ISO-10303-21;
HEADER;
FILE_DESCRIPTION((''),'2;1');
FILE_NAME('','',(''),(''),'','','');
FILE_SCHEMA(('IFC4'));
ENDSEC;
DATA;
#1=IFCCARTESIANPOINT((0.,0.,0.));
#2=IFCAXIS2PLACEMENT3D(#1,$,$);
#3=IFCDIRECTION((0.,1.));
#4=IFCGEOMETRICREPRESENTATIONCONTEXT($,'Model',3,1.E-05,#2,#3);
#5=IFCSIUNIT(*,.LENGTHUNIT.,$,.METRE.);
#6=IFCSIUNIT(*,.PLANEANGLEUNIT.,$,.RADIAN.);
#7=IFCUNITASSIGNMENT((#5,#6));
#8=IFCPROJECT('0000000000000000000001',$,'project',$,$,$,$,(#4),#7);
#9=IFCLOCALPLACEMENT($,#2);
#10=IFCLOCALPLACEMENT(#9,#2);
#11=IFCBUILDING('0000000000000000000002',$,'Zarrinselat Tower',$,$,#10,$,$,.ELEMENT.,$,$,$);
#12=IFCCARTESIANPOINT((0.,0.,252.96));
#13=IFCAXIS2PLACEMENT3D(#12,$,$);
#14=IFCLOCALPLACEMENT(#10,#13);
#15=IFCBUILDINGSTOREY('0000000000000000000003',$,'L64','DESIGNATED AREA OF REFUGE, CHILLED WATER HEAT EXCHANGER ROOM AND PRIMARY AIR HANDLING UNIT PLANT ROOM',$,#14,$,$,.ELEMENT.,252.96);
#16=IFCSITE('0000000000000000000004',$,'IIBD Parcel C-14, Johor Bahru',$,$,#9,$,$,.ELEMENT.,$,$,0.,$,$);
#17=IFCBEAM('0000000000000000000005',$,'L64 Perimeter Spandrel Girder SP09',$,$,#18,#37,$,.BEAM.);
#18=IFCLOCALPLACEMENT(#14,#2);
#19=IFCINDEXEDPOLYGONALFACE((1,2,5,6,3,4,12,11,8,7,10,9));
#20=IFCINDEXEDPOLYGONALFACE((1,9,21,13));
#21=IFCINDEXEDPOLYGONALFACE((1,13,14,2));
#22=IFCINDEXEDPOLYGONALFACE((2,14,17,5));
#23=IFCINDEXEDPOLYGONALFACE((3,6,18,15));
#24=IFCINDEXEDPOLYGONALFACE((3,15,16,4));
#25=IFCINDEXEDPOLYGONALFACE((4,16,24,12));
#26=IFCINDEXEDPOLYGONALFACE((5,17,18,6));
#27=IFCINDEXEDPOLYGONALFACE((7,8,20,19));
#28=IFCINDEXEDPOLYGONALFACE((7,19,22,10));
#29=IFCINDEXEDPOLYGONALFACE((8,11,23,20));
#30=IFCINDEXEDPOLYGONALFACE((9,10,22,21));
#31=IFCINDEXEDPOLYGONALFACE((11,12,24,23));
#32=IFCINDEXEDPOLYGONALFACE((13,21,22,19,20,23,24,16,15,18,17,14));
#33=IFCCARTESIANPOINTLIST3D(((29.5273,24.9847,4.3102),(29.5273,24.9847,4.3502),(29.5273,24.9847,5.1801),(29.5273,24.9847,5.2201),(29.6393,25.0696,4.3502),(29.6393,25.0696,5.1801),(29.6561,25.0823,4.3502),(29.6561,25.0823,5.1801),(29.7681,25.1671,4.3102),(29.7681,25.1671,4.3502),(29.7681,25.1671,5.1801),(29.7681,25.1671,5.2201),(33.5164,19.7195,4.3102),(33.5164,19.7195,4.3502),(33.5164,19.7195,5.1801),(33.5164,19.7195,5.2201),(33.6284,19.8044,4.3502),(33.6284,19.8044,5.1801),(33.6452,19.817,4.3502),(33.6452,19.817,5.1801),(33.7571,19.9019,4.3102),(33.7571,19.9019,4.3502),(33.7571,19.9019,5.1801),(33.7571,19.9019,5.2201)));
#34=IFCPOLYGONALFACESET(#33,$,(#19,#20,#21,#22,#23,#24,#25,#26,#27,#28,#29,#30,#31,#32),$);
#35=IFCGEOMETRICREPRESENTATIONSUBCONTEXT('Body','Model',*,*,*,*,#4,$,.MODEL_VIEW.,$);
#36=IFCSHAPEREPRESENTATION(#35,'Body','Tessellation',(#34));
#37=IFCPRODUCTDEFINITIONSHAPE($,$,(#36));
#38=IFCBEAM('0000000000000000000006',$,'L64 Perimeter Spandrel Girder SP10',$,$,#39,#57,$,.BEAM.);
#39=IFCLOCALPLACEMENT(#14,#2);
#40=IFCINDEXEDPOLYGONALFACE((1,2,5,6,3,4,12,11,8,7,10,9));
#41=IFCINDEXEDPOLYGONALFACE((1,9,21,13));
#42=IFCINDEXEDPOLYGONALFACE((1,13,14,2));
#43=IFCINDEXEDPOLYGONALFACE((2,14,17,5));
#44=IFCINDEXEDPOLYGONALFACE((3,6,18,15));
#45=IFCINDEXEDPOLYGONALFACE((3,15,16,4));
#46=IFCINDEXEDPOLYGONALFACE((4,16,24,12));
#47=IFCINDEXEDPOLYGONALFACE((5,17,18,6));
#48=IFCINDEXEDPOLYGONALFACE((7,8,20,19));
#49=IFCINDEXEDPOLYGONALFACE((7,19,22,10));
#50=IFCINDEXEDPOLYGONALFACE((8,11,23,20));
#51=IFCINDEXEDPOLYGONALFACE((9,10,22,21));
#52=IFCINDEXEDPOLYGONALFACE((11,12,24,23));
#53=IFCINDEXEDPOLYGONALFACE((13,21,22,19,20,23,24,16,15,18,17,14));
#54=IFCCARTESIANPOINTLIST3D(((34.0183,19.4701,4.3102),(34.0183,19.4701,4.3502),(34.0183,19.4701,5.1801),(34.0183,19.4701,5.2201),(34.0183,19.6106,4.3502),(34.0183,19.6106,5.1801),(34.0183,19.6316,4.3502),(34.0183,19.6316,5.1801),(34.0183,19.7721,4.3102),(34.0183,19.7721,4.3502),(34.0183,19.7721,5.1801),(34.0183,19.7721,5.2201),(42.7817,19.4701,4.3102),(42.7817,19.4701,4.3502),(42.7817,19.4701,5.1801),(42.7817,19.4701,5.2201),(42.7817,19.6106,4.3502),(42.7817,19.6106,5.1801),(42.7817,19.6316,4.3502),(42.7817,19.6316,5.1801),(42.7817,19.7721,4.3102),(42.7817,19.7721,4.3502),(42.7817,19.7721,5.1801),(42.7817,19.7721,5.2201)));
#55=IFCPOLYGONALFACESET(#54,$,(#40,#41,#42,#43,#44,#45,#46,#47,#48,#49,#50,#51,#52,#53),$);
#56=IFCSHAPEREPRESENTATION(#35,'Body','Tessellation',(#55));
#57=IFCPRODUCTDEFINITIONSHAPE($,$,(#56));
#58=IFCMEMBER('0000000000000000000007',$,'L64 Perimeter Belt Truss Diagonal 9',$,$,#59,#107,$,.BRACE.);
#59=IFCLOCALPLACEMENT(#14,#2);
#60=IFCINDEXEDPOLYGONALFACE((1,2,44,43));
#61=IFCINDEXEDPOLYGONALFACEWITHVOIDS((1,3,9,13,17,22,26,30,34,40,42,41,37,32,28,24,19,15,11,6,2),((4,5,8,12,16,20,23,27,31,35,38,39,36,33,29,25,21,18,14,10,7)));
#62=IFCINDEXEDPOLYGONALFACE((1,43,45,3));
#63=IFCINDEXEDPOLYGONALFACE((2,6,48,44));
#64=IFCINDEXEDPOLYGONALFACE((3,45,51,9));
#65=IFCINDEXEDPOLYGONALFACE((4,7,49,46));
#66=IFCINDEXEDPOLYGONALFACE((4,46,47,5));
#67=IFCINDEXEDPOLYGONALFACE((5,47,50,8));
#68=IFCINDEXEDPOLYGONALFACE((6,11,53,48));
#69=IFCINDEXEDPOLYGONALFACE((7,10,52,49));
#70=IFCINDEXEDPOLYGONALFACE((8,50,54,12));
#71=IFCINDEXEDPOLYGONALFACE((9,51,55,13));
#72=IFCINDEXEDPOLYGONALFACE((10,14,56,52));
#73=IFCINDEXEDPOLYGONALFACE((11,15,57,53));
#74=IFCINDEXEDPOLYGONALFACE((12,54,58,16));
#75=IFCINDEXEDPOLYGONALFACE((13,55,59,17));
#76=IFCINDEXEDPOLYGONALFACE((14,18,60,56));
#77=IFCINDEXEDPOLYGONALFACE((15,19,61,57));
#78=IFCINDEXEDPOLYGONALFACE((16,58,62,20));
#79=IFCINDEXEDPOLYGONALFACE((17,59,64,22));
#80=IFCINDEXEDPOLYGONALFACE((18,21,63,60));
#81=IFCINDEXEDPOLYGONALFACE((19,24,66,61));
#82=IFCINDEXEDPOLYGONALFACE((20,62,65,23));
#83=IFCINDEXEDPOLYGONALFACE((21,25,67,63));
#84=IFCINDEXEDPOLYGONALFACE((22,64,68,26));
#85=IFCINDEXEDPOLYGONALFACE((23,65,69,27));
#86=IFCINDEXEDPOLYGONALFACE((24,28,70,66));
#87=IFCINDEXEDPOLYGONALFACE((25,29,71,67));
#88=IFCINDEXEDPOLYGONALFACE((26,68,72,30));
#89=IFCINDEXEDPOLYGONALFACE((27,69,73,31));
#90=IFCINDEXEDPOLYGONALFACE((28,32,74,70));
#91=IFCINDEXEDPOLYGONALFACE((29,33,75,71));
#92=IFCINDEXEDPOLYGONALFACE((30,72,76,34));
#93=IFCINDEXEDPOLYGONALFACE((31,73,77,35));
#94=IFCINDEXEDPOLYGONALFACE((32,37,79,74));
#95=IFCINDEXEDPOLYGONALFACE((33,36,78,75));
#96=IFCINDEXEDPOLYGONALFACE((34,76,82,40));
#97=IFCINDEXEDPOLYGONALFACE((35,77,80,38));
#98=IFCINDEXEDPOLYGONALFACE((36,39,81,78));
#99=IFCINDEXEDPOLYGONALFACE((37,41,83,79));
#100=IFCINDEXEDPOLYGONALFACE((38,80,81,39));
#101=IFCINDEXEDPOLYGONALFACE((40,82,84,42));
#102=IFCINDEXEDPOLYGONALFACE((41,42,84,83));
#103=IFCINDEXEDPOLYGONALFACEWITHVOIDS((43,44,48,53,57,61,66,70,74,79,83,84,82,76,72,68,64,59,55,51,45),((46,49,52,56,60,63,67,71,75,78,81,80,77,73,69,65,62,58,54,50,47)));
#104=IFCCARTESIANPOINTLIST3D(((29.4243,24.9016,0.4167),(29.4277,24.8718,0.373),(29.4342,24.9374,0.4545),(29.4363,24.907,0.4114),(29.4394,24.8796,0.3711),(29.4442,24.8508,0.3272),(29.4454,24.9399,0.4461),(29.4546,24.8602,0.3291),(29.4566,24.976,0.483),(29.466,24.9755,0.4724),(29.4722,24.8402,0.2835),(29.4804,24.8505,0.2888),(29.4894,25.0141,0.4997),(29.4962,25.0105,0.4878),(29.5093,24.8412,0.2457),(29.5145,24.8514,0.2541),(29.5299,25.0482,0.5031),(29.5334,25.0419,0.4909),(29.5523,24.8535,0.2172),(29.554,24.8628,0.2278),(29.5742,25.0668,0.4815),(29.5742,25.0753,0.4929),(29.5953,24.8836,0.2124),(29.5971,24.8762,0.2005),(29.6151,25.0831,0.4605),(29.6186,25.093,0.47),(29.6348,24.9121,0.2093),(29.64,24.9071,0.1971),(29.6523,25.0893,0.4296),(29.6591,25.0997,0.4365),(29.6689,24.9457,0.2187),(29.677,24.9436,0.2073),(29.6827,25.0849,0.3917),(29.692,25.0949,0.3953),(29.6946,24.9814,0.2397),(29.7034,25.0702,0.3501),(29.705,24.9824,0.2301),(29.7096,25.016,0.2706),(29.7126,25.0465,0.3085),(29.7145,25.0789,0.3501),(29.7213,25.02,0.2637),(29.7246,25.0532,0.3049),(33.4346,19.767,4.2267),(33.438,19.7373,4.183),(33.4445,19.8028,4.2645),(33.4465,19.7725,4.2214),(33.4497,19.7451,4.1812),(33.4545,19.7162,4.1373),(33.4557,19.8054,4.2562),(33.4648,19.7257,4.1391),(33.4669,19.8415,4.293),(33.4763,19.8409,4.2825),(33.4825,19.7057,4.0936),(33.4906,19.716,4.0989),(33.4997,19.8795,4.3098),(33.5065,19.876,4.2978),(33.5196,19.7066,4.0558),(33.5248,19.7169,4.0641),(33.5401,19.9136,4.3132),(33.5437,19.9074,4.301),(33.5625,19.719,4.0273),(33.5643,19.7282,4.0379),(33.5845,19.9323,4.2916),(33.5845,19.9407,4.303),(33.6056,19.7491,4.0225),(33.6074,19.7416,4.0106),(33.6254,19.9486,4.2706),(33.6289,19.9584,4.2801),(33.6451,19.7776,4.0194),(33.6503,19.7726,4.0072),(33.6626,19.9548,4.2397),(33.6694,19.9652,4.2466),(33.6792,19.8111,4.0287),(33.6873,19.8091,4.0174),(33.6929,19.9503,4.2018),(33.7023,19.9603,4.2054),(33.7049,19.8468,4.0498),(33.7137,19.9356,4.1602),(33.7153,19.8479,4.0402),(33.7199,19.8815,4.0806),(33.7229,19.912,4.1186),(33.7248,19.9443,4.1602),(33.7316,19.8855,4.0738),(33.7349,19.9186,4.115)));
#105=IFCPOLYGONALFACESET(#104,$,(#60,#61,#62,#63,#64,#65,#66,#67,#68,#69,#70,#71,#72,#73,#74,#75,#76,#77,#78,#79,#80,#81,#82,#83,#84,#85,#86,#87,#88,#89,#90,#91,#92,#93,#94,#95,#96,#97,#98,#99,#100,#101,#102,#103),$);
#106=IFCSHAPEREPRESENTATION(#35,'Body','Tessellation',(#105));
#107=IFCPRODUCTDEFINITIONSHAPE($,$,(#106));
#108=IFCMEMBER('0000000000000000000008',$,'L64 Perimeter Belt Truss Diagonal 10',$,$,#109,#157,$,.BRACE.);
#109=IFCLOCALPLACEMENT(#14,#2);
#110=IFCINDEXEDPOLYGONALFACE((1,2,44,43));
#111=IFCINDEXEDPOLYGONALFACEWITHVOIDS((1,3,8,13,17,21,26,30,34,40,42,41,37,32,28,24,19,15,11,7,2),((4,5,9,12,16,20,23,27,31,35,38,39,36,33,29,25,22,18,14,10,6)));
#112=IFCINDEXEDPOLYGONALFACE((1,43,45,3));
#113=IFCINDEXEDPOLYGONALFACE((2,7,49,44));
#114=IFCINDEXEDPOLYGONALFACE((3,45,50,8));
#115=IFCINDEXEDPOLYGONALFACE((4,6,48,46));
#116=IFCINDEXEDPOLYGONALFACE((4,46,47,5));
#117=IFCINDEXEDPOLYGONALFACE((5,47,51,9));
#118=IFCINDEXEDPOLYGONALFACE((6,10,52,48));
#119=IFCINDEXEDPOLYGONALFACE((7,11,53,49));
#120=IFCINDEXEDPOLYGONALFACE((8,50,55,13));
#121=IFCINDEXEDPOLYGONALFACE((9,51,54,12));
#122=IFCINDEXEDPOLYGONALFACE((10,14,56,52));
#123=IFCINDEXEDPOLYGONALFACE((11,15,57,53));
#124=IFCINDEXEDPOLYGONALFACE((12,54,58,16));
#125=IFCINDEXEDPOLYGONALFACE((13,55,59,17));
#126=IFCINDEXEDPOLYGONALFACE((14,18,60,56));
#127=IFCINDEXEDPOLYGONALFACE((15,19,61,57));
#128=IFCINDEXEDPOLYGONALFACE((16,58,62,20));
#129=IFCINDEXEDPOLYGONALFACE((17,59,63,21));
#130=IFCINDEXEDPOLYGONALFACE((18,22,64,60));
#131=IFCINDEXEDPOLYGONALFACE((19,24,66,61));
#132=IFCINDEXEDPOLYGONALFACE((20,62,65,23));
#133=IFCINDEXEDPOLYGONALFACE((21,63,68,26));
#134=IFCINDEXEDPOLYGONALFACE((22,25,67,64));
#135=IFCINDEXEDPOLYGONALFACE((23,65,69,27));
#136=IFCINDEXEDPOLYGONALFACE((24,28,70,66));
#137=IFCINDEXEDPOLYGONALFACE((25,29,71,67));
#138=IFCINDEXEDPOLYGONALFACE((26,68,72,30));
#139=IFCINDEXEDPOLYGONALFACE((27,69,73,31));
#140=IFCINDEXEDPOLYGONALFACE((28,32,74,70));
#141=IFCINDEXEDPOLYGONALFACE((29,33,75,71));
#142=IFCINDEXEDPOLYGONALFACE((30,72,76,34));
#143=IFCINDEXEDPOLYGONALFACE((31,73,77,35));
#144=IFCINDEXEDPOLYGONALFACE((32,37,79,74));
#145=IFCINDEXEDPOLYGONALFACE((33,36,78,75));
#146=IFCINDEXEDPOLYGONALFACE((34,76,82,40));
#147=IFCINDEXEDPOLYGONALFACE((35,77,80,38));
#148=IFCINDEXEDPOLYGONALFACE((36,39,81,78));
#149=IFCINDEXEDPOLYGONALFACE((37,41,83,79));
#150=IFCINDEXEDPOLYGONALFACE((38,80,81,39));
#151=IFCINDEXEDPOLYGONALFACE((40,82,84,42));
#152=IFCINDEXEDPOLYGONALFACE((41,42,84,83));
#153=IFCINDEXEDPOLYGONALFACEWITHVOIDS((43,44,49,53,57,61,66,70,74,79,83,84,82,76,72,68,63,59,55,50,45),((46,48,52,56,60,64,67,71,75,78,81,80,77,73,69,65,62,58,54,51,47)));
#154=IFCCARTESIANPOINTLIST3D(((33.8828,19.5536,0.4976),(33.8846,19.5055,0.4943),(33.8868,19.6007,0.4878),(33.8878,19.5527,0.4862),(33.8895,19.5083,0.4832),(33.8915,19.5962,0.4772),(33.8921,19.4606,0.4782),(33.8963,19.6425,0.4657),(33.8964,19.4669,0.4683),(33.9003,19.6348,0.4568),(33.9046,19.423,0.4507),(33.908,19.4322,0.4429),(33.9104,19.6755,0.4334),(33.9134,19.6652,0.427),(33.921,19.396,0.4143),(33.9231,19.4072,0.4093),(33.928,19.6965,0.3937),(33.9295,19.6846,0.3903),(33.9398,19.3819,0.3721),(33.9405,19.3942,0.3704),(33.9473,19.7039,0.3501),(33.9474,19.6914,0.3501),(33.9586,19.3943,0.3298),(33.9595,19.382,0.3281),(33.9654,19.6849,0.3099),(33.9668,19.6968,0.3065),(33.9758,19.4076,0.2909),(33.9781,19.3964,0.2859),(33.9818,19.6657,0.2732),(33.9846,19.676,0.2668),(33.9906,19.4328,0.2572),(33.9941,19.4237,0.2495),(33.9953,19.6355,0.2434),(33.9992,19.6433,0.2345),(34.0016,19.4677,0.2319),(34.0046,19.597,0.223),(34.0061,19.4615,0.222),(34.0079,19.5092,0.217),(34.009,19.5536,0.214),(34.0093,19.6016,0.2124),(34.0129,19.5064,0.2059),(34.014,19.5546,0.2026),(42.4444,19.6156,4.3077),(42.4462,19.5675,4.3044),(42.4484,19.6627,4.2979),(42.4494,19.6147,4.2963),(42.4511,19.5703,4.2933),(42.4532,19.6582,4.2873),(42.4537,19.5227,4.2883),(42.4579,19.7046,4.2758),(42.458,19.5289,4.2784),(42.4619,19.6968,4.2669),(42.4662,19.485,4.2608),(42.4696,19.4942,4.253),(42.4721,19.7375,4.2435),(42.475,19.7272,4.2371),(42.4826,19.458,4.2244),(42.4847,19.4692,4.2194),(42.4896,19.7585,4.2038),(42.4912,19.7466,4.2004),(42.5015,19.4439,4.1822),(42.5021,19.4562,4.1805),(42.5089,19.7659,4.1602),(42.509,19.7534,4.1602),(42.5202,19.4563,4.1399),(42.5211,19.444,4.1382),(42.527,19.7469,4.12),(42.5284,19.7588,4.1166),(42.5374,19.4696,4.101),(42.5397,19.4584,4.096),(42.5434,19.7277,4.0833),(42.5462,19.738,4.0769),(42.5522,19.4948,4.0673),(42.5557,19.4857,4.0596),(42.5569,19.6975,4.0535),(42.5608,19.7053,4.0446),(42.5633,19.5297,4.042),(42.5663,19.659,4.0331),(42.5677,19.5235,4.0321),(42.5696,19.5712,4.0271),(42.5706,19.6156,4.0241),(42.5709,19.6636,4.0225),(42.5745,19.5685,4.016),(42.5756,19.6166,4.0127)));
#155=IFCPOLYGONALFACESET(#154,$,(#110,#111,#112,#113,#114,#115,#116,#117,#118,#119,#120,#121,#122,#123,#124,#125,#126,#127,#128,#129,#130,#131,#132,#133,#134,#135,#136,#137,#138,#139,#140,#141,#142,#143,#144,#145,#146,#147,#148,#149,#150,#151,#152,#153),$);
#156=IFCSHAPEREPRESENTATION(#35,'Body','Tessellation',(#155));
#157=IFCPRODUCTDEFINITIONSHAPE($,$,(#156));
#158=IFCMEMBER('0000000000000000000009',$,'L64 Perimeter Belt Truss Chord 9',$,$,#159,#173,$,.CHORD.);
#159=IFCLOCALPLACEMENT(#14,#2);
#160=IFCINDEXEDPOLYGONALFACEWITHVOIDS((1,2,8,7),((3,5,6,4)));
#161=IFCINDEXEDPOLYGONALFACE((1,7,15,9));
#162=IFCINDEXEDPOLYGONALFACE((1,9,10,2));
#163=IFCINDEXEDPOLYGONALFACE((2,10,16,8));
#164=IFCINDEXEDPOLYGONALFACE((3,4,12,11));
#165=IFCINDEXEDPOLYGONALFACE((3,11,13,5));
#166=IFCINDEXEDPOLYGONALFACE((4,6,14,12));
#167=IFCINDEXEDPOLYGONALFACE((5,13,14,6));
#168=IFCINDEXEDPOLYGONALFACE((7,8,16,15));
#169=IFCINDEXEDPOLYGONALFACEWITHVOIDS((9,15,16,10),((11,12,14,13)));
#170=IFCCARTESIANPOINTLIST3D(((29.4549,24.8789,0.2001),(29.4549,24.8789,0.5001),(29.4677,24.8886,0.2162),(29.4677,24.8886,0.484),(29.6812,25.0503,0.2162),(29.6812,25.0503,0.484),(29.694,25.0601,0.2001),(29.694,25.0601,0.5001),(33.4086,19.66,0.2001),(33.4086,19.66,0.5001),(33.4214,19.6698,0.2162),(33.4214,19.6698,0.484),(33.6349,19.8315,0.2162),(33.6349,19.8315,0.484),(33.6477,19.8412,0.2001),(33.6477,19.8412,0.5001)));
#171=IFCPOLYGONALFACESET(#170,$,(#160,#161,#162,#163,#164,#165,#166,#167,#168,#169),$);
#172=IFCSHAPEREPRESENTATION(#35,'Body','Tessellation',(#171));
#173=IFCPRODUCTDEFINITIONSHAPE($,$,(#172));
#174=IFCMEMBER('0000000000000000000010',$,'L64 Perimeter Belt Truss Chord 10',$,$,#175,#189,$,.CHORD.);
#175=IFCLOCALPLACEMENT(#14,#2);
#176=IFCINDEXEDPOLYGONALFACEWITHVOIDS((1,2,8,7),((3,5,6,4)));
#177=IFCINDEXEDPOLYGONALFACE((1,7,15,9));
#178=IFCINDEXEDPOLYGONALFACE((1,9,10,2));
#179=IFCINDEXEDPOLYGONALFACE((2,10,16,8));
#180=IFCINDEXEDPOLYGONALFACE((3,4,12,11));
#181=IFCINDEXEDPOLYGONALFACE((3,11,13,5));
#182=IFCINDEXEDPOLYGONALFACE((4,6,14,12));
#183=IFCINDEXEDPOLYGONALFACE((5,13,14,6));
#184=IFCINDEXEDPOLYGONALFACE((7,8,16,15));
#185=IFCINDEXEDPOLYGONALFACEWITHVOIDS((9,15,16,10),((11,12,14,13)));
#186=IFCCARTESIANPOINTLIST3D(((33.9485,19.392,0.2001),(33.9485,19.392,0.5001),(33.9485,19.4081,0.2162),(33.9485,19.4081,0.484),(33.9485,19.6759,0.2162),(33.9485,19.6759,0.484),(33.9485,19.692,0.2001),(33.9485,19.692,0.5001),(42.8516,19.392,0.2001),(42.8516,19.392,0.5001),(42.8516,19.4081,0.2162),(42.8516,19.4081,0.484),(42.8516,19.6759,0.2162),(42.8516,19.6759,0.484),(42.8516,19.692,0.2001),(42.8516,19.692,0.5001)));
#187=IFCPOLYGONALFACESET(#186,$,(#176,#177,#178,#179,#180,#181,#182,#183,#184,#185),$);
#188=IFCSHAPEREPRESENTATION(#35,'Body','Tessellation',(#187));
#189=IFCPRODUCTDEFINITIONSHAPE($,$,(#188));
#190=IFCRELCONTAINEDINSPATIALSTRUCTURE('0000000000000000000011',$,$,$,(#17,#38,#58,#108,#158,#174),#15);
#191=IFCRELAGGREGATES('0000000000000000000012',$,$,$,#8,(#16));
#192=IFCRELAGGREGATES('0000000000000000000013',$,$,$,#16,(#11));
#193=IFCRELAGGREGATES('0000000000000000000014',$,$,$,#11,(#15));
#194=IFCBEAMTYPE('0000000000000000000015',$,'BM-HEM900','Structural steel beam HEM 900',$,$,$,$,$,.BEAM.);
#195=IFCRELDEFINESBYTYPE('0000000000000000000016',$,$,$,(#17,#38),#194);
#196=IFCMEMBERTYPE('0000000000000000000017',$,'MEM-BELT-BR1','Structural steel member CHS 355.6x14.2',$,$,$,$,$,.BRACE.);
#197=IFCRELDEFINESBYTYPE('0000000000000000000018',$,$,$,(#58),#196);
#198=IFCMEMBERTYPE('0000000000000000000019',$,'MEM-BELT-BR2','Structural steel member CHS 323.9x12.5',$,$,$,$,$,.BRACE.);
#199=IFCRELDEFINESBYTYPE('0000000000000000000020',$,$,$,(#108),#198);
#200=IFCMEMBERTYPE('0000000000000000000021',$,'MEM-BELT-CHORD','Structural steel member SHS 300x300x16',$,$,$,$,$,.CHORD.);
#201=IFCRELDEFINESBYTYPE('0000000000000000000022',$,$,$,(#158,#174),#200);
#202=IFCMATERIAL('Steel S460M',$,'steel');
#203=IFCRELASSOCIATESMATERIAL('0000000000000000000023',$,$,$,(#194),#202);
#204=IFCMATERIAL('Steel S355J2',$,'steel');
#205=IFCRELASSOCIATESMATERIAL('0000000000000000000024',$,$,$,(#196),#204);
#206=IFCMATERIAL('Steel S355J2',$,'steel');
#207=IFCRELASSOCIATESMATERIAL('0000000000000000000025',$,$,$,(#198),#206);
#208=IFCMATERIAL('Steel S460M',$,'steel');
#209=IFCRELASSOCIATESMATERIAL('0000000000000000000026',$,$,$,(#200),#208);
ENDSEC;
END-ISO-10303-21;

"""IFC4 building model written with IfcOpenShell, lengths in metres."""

from ifc_helpers import new_model, si_unit, direction, frame, origin, origin_2d, place, context, subcontext, project, spatial, hollow_rectangle, hollow_circle, i_section, extrude, material, material_profile, profile_set, type_object, element, save


model = new_model("IFC4")

# Units and contexts
model_context = context("Model", 3, precision=1e-05, world=origin(), true_north=direction((0.0, 1.0)))
body_context = subcontext(model_context, "Body", "Model", "MODEL_VIEW")
ifc_project = project(units=[si_unit("LENGTHUNIT", "METRE"), si_unit("PLANEANGLEUNIT", "RADIAN")], contexts=[model_context])

# Site, building, storey
site_placement = place(None, origin())
site = spatial("IfcSite", under=ifc_project, at=site_placement, Name="IIBD Parcel C-14, Johor Bahru", CompositionType="ELEMENT", RefElevation=0.0)
building_placement = place(site_placement, origin())
building = spatial("IfcBuilding", under=site, at=building_placement, Name="Zarrinselat Tower", CompositionType="ELEMENT")
storey_placement = place(building_placement, frame((0.0, 0.0, 252.96)))
storey = spatial("IfcBuildingStorey", under=building, at=storey_placement, Name="L64", Description="DESIGNATED AREA OF REFUGE, CHILLED WATER HEAT EXCHANGER ROOM AND PRIMARY AIR HANDLING UNIT PLANT ROOM", CompositionType="ELEMENT", Elevation=252.96)

# Beams
ifc_material_1 = material(Name="Steel S460M", Category="steel")
ifc_material_profile_1 = material_profile(ifc_material_1, i_section(OverallWidth=0.302, OverallDepth=0.9099, WebThickness=0.021, FlangeThickness=0.04, at=origin_2d()), Name="HEM 900")
ifc_profile_set_1 = profile_set([ifc_material_profile_1], Name="Steel S460M")
beam_type_1 = type_object("IfcBeamType", Name="BM-HEM900", Description="Structural steel beam HEM 900", PredefinedType="BEAM", material=ifc_profile_set_1)
beam_1_placement = place(storey_placement, frame((29.6477, 25.0759, 4.7651), z_axis=(0.603884, -0.797072, 0.0), x_axis=(0.797072, 0.603884, 0.0)))
element("IfcBeam", 1, at=beam_1_placement, inside=storey, type_object=beam_type_1, Name="L64 Perimeter Spandrel Girder SP09", PredefinedType="BEAM", context=body_context, shape_type="SweptSolid", body=[
    extrude(i_section(OverallWidth=0.302, OverallDepth=0.9099, WebThickness=0.021, FlangeThickness=0.04, at=origin_2d()), origin(), (0.0, 0.0, 1.0), 6.6057),
])
beam_2_placement = place(storey_placement, frame((34.0183, 19.6211, 4.7651), z_axis=(1.0, 0.0, 0.0), x_axis=(0.0, 1.0, 0.0)))
element("IfcBeam", 2, at=beam_2_placement, inside=storey, type_object=beam_type_1, Name="L64 Perimeter Spandrel Girder SP10", PredefinedType="BEAM", context=body_context, shape_type="SweptSolid", body=[
    extrude(i_section(OverallWidth=0.302, OverallDepth=0.9099, WebThickness=0.021, FlangeThickness=0.04, at=origin_2d()), origin(), (0.0, 0.0, 1.0), 8.7634),
])

# Members
ifc_material_2 = material(Name="Steel S355J2", Category="steel")
ifc_material_profile_2 = material_profile(ifc_material_2, hollow_circle(Radius=0.1777, WallThickness=0.0142, at=origin_2d()), Name="CHS 355.6x14.2")
ifc_profile_set_2 = profile_set([ifc_material_profile_2], Name="Steel S355J2")
member_type_1 = type_object("IfcMemberType", Name="MEM-BELT-BR1", Description="Structural steel member CHS 355.6x14.2", PredefinedType="BRACE", material=ifc_profile_set_2)
member_1_placement = place(storey_placement, frame((29.5745, 24.9695, 0.3501), z_axis=(0.531348, -0.680311, 0.504823), x_axis=(0.788106, 0.61554, 0.0)))
element("IfcMember", 3, at=member_1_placement, inside=storey, type_object=member_type_1, Name="L64 Perimeter Belt Truss Diagonal 9", PredefinedType="BRACE", context=body_context, shape_type="SweptSolid", body=[
    extrude(hollow_circle(Radius=0.1777, WallThickness=0.0142, at=origin_2d()), origin(), (0.0, 0.0, 1.0), 7.5474),
])
ifc_material_3 = material(Name="Steel S355J2", Category="steel")
ifc_material_profile_3 = material_profile(ifc_material_3, hollow_circle(Radius=0.1619, WallThickness=0.0125, at=origin_2d()), Name="CHS 323.9x12.5")
ifc_profile_set_3 = profile_set([ifc_material_profile_3], Name="Steel S355J2")
member_type_2 = type_object("IfcMemberType", Name="MEM-BELT-BR2", Description="Structural steel member CHS 323.9x12.5", PredefinedType="BRACE", material=ifc_profile_set_3)
member_2_placement = place(storey_placement, frame((33.9485, 19.542, 0.3501), z_axis=(0.913596, 0.006617, 0.406569), x_axis=(-0.007243, 0.999974, 0.0)))
element("IfcMember", 4, at=member_2_placement, inside=storey, type_object=member_type_2, Name="L64 Perimeter Belt Truss Diagonal 10", PredefinedType="BRACE", context=body_context, shape_type="SweptSolid", body=[
    extrude(hollow_circle(Radius=0.1619, WallThickness=0.0125, at=origin_2d()), origin(), (0.0, 0.0, 1.0), 9.3713),
])
ifc_material_4 = material(Name="Steel S460M", Category="steel")
ifc_material_profile_4 = material_profile(ifc_material_4, hollow_rectangle(XDim=0.3, YDim=0.3, WallThickness=0.0161, at=origin_2d()), Name="SHS 300x300x16")
ifc_profile_set_4 = profile_set([ifc_material_profile_4], Name="Steel S460M")
member_type_3 = type_object("IfcMemberType", Name="MEM-BELT-CHORD", Description="Structural steel member SHS 300x300x16", PredefinedType="CHORD", material=ifc_profile_set_4)
member_3_placement = place(storey_placement, frame((29.5745, 24.9695, 0.3501), z_axis=(0.603859, -0.797091, 0.0), x_axis=(0.797091, 0.603859, 0.0)))
element("IfcMember", 5, at=member_3_placement, inside=storey, type_object=member_type_3, Name="L64 Perimeter Belt Truss Chord 9", PredefinedType="CHORD", context=body_context, shape_type="SweptSolid", body=[
    extrude(hollow_rectangle(XDim=0.3, YDim=0.3, WallThickness=0.0161, at=origin_2d()), origin(), (0.0, 0.0, 1.0), 6.5474),
])
member_4_placement = place(storey_placement, frame((33.9485, 19.542, 0.3501), z_axis=(1.0, 0.0, 0.0), x_axis=(0.0, 1.0, 0.0)))
element("IfcMember", 6, at=member_4_placement, inside=storey, type_object=member_type_3, Name="L64 Perimeter Belt Truss Chord 10", PredefinedType="CHORD", context=body_context, shape_type="SweptSolid", body=[
    extrude(hollow_rectangle(XDim=0.3, YDim=0.3, WallThickness=0.0161, at=origin_2d()), origin(), (0.0, 0.0, 1.0), 8.9031),
])

save(model, "model.ifc")
